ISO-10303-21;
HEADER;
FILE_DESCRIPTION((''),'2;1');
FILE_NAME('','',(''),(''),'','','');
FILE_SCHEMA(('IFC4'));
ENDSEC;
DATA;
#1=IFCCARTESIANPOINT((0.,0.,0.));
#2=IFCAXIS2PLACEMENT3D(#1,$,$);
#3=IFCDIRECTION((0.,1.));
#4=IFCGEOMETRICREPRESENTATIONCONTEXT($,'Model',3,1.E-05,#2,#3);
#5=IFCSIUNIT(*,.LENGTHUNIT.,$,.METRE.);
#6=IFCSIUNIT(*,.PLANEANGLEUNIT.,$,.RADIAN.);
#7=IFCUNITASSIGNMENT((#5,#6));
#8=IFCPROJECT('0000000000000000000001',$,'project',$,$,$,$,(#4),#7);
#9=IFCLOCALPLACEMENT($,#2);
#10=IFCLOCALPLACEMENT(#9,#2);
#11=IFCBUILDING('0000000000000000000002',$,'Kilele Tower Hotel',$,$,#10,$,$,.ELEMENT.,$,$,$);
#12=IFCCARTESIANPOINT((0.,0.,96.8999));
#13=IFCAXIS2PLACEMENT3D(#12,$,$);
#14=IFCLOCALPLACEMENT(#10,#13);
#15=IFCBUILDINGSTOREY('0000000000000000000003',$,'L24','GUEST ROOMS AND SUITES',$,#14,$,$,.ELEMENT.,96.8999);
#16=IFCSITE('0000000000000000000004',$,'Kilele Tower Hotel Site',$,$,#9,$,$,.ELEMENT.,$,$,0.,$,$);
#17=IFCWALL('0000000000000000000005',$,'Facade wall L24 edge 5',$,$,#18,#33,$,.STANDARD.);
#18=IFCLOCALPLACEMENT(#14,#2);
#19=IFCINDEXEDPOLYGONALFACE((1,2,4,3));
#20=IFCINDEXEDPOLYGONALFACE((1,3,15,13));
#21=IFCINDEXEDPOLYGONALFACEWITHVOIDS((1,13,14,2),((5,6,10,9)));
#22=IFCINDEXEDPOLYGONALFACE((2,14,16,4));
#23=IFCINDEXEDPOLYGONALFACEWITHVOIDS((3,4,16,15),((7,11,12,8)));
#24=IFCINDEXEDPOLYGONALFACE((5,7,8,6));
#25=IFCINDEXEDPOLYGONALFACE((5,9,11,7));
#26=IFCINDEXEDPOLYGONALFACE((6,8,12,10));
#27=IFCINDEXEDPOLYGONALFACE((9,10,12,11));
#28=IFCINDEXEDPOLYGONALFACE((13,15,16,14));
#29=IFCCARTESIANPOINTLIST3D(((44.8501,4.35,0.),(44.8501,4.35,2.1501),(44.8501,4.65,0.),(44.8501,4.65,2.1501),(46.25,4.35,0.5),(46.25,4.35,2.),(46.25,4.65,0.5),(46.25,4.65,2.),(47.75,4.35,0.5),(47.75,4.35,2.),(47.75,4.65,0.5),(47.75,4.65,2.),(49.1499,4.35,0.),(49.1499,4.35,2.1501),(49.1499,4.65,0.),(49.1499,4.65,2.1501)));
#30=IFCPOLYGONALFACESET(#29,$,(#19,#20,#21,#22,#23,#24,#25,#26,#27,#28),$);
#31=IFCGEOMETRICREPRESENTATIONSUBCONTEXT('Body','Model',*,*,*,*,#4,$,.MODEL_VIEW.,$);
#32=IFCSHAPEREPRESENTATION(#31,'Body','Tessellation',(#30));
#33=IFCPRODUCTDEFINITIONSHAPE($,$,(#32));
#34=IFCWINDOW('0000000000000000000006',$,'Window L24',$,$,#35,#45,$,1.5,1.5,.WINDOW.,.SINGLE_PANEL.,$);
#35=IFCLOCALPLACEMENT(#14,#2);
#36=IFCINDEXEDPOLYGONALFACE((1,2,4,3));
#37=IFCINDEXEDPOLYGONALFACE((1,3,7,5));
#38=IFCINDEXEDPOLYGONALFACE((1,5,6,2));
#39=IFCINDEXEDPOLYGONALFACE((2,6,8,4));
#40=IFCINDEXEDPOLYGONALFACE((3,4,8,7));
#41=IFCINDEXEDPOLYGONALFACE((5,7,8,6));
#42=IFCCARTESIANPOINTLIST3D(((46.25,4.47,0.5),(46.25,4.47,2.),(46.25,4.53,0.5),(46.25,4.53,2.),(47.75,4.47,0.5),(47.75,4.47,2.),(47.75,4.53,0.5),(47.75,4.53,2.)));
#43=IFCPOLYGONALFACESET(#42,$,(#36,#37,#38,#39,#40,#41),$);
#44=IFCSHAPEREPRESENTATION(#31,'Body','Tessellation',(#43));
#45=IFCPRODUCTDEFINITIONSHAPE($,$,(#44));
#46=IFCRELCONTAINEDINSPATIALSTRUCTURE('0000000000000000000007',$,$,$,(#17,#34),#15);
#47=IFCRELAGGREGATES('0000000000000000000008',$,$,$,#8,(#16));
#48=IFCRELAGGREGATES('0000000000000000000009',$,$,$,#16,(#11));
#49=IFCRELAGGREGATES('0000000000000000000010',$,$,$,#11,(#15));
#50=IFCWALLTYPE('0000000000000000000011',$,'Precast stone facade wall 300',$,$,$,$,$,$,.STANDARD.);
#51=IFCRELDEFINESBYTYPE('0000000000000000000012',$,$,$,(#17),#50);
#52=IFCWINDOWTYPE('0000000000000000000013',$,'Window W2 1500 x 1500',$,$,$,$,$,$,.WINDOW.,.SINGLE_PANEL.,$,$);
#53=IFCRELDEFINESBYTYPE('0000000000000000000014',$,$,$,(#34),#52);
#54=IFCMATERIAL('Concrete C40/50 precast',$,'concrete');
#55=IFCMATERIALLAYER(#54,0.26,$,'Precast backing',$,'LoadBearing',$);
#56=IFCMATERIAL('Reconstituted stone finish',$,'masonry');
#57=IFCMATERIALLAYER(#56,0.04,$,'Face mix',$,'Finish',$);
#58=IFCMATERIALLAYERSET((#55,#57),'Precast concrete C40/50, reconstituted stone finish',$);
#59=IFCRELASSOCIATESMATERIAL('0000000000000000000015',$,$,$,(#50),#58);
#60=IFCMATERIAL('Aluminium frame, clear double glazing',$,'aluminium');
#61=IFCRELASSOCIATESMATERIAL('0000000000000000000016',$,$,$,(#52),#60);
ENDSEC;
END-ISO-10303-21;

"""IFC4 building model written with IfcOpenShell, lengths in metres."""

from ifc_helpers import new_model, si_unit, direction, frame, frame_2d, origin, place, context, subcontext, project, spatial, rectangle, extrude, material, layer, layer_set, type_object, element, fill, save


model = new_model("IFC4")

# Units and contexts
model_context = context("Model", 3, precision=1e-05, world=origin(), true_north=direction((0.0, 1.0)))
body_context = subcontext(model_context, "Body", "Model", "MODEL_VIEW")
ifc_project = project(units=[si_unit("LENGTHUNIT", "METRE"), si_unit("PLANEANGLEUNIT", "RADIAN")], contexts=[model_context])

# Site, building, storey
site_placement = place(None, origin())
site = spatial("IfcSite", under=ifc_project, at=site_placement, Name="Kilele Tower Hotel Site", CompositionType="ELEMENT", RefElevation=0.0)
building_placement = place(site_placement, origin())
building = spatial("IfcBuilding", under=site, at=building_placement, Name="Kilele Tower Hotel", CompositionType="ELEMENT")
storey_placement = place(building_placement, frame((0.0, 0.0, 96.8999)))
storey = spatial("IfcBuildingStorey", under=building, at=storey_placement, Name="L24", Description="GUEST ROOMS AND SUITES", CompositionType="ELEMENT", Elevation=96.8999)

# Wall, opening, window
ifc_material_1 = material(Name="Concrete C40/50 precast", Category="concrete")
ifc_layer_1 = layer(ifc_material_1, 0.26, Name="Precast backing", Category="LoadBearing")
ifc_material_2 = material(Name="Reconstituted stone finish", Category="masonry")
ifc_layer_2 = layer(ifc_material_2, 0.04, Name="Face mix", Category="Finish")
ifc_layer_set_1 = layer_set([ifc_layer_1, ifc_layer_2], Name="Precast concrete C40/50, reconstituted stone finish")
wall_type_1 = type_object("IfcWallType", Name="Precast stone facade wall 300", PredefinedType="STANDARD", material=ifc_layer_set_1)
ifc_material_3 = material(Name="Aluminium frame, clear double glazing", Category="aluminium")
window_type = type_object("IfcWindowType", Name="Window W2 1500 x 1500", PartitioningType="SINGLE_PANEL", PredefinedType="WINDOW", material=ifc_material_3)
wall_1_placement = place(storey_placement, frame((44.8501, 4.5, 0.0), z_axis=(0.0, 0.0, 1.0), x_axis=(1.0, 0.0, 0.0)))
wall_1 = element("IfcWall", 1, at=wall_1_placement, inside=storey, type_object=wall_type_1, Name="Facade wall L24 edge 5", PredefinedType="STANDARD", context=body_context, shape_type="SweptSolid", body=[
    extrude(rectangle(XDim=4.2998, YDim=0.3, at=frame_2d((2.1499, 0.0))), origin(), (0.0, 0.0, 1.0), 2.1501),
])
opening_1_placement = place(wall_1_placement, frame((1.3999, 0.0, 0.5)))
opening_1 = element("IfcOpeningElement", 2, at=opening_1_placement, cuts=wall_1, PredefinedType="OPENING", context=body_context, shape_type="SweptSolid", body=[
    extrude(rectangle(XDim=1.5, YDim=1.5, at=frame_2d((0.75, 0.75))), frame((0.0, 0.1599, 0.0), z_axis=(0.0, -1.0, 0.0), x_axis=(1.0, 0.0, 0.0)), (0.0, 0.0, 1.0), 0.3201),
])
window_1_placement = place(opening_1_placement, origin())
window_1 = element("IfcWindow", 3, at=window_1_placement, inside=storey, type_object=window_type, Name="Window L24", OverallHeight=1.5, OverallWidth=1.5, PartitioningType="SINGLE_PANEL", PredefinedType="WINDOW", context=body_context, shape_type="SweptSolid", body=[
    extrude(rectangle(XDim=1.5, YDim=1.5, at=frame_2d((0.75, 0.75))), frame((0.0, 0.03, 0.0), z_axis=(0.0, -1.0, 0.0), x_axis=(1.0, 0.0, 0.0)), (0.0, 0.0, 1.0), 0.0601),
])
fill(opening_1, window_1)

save(model, "model.ifc")
